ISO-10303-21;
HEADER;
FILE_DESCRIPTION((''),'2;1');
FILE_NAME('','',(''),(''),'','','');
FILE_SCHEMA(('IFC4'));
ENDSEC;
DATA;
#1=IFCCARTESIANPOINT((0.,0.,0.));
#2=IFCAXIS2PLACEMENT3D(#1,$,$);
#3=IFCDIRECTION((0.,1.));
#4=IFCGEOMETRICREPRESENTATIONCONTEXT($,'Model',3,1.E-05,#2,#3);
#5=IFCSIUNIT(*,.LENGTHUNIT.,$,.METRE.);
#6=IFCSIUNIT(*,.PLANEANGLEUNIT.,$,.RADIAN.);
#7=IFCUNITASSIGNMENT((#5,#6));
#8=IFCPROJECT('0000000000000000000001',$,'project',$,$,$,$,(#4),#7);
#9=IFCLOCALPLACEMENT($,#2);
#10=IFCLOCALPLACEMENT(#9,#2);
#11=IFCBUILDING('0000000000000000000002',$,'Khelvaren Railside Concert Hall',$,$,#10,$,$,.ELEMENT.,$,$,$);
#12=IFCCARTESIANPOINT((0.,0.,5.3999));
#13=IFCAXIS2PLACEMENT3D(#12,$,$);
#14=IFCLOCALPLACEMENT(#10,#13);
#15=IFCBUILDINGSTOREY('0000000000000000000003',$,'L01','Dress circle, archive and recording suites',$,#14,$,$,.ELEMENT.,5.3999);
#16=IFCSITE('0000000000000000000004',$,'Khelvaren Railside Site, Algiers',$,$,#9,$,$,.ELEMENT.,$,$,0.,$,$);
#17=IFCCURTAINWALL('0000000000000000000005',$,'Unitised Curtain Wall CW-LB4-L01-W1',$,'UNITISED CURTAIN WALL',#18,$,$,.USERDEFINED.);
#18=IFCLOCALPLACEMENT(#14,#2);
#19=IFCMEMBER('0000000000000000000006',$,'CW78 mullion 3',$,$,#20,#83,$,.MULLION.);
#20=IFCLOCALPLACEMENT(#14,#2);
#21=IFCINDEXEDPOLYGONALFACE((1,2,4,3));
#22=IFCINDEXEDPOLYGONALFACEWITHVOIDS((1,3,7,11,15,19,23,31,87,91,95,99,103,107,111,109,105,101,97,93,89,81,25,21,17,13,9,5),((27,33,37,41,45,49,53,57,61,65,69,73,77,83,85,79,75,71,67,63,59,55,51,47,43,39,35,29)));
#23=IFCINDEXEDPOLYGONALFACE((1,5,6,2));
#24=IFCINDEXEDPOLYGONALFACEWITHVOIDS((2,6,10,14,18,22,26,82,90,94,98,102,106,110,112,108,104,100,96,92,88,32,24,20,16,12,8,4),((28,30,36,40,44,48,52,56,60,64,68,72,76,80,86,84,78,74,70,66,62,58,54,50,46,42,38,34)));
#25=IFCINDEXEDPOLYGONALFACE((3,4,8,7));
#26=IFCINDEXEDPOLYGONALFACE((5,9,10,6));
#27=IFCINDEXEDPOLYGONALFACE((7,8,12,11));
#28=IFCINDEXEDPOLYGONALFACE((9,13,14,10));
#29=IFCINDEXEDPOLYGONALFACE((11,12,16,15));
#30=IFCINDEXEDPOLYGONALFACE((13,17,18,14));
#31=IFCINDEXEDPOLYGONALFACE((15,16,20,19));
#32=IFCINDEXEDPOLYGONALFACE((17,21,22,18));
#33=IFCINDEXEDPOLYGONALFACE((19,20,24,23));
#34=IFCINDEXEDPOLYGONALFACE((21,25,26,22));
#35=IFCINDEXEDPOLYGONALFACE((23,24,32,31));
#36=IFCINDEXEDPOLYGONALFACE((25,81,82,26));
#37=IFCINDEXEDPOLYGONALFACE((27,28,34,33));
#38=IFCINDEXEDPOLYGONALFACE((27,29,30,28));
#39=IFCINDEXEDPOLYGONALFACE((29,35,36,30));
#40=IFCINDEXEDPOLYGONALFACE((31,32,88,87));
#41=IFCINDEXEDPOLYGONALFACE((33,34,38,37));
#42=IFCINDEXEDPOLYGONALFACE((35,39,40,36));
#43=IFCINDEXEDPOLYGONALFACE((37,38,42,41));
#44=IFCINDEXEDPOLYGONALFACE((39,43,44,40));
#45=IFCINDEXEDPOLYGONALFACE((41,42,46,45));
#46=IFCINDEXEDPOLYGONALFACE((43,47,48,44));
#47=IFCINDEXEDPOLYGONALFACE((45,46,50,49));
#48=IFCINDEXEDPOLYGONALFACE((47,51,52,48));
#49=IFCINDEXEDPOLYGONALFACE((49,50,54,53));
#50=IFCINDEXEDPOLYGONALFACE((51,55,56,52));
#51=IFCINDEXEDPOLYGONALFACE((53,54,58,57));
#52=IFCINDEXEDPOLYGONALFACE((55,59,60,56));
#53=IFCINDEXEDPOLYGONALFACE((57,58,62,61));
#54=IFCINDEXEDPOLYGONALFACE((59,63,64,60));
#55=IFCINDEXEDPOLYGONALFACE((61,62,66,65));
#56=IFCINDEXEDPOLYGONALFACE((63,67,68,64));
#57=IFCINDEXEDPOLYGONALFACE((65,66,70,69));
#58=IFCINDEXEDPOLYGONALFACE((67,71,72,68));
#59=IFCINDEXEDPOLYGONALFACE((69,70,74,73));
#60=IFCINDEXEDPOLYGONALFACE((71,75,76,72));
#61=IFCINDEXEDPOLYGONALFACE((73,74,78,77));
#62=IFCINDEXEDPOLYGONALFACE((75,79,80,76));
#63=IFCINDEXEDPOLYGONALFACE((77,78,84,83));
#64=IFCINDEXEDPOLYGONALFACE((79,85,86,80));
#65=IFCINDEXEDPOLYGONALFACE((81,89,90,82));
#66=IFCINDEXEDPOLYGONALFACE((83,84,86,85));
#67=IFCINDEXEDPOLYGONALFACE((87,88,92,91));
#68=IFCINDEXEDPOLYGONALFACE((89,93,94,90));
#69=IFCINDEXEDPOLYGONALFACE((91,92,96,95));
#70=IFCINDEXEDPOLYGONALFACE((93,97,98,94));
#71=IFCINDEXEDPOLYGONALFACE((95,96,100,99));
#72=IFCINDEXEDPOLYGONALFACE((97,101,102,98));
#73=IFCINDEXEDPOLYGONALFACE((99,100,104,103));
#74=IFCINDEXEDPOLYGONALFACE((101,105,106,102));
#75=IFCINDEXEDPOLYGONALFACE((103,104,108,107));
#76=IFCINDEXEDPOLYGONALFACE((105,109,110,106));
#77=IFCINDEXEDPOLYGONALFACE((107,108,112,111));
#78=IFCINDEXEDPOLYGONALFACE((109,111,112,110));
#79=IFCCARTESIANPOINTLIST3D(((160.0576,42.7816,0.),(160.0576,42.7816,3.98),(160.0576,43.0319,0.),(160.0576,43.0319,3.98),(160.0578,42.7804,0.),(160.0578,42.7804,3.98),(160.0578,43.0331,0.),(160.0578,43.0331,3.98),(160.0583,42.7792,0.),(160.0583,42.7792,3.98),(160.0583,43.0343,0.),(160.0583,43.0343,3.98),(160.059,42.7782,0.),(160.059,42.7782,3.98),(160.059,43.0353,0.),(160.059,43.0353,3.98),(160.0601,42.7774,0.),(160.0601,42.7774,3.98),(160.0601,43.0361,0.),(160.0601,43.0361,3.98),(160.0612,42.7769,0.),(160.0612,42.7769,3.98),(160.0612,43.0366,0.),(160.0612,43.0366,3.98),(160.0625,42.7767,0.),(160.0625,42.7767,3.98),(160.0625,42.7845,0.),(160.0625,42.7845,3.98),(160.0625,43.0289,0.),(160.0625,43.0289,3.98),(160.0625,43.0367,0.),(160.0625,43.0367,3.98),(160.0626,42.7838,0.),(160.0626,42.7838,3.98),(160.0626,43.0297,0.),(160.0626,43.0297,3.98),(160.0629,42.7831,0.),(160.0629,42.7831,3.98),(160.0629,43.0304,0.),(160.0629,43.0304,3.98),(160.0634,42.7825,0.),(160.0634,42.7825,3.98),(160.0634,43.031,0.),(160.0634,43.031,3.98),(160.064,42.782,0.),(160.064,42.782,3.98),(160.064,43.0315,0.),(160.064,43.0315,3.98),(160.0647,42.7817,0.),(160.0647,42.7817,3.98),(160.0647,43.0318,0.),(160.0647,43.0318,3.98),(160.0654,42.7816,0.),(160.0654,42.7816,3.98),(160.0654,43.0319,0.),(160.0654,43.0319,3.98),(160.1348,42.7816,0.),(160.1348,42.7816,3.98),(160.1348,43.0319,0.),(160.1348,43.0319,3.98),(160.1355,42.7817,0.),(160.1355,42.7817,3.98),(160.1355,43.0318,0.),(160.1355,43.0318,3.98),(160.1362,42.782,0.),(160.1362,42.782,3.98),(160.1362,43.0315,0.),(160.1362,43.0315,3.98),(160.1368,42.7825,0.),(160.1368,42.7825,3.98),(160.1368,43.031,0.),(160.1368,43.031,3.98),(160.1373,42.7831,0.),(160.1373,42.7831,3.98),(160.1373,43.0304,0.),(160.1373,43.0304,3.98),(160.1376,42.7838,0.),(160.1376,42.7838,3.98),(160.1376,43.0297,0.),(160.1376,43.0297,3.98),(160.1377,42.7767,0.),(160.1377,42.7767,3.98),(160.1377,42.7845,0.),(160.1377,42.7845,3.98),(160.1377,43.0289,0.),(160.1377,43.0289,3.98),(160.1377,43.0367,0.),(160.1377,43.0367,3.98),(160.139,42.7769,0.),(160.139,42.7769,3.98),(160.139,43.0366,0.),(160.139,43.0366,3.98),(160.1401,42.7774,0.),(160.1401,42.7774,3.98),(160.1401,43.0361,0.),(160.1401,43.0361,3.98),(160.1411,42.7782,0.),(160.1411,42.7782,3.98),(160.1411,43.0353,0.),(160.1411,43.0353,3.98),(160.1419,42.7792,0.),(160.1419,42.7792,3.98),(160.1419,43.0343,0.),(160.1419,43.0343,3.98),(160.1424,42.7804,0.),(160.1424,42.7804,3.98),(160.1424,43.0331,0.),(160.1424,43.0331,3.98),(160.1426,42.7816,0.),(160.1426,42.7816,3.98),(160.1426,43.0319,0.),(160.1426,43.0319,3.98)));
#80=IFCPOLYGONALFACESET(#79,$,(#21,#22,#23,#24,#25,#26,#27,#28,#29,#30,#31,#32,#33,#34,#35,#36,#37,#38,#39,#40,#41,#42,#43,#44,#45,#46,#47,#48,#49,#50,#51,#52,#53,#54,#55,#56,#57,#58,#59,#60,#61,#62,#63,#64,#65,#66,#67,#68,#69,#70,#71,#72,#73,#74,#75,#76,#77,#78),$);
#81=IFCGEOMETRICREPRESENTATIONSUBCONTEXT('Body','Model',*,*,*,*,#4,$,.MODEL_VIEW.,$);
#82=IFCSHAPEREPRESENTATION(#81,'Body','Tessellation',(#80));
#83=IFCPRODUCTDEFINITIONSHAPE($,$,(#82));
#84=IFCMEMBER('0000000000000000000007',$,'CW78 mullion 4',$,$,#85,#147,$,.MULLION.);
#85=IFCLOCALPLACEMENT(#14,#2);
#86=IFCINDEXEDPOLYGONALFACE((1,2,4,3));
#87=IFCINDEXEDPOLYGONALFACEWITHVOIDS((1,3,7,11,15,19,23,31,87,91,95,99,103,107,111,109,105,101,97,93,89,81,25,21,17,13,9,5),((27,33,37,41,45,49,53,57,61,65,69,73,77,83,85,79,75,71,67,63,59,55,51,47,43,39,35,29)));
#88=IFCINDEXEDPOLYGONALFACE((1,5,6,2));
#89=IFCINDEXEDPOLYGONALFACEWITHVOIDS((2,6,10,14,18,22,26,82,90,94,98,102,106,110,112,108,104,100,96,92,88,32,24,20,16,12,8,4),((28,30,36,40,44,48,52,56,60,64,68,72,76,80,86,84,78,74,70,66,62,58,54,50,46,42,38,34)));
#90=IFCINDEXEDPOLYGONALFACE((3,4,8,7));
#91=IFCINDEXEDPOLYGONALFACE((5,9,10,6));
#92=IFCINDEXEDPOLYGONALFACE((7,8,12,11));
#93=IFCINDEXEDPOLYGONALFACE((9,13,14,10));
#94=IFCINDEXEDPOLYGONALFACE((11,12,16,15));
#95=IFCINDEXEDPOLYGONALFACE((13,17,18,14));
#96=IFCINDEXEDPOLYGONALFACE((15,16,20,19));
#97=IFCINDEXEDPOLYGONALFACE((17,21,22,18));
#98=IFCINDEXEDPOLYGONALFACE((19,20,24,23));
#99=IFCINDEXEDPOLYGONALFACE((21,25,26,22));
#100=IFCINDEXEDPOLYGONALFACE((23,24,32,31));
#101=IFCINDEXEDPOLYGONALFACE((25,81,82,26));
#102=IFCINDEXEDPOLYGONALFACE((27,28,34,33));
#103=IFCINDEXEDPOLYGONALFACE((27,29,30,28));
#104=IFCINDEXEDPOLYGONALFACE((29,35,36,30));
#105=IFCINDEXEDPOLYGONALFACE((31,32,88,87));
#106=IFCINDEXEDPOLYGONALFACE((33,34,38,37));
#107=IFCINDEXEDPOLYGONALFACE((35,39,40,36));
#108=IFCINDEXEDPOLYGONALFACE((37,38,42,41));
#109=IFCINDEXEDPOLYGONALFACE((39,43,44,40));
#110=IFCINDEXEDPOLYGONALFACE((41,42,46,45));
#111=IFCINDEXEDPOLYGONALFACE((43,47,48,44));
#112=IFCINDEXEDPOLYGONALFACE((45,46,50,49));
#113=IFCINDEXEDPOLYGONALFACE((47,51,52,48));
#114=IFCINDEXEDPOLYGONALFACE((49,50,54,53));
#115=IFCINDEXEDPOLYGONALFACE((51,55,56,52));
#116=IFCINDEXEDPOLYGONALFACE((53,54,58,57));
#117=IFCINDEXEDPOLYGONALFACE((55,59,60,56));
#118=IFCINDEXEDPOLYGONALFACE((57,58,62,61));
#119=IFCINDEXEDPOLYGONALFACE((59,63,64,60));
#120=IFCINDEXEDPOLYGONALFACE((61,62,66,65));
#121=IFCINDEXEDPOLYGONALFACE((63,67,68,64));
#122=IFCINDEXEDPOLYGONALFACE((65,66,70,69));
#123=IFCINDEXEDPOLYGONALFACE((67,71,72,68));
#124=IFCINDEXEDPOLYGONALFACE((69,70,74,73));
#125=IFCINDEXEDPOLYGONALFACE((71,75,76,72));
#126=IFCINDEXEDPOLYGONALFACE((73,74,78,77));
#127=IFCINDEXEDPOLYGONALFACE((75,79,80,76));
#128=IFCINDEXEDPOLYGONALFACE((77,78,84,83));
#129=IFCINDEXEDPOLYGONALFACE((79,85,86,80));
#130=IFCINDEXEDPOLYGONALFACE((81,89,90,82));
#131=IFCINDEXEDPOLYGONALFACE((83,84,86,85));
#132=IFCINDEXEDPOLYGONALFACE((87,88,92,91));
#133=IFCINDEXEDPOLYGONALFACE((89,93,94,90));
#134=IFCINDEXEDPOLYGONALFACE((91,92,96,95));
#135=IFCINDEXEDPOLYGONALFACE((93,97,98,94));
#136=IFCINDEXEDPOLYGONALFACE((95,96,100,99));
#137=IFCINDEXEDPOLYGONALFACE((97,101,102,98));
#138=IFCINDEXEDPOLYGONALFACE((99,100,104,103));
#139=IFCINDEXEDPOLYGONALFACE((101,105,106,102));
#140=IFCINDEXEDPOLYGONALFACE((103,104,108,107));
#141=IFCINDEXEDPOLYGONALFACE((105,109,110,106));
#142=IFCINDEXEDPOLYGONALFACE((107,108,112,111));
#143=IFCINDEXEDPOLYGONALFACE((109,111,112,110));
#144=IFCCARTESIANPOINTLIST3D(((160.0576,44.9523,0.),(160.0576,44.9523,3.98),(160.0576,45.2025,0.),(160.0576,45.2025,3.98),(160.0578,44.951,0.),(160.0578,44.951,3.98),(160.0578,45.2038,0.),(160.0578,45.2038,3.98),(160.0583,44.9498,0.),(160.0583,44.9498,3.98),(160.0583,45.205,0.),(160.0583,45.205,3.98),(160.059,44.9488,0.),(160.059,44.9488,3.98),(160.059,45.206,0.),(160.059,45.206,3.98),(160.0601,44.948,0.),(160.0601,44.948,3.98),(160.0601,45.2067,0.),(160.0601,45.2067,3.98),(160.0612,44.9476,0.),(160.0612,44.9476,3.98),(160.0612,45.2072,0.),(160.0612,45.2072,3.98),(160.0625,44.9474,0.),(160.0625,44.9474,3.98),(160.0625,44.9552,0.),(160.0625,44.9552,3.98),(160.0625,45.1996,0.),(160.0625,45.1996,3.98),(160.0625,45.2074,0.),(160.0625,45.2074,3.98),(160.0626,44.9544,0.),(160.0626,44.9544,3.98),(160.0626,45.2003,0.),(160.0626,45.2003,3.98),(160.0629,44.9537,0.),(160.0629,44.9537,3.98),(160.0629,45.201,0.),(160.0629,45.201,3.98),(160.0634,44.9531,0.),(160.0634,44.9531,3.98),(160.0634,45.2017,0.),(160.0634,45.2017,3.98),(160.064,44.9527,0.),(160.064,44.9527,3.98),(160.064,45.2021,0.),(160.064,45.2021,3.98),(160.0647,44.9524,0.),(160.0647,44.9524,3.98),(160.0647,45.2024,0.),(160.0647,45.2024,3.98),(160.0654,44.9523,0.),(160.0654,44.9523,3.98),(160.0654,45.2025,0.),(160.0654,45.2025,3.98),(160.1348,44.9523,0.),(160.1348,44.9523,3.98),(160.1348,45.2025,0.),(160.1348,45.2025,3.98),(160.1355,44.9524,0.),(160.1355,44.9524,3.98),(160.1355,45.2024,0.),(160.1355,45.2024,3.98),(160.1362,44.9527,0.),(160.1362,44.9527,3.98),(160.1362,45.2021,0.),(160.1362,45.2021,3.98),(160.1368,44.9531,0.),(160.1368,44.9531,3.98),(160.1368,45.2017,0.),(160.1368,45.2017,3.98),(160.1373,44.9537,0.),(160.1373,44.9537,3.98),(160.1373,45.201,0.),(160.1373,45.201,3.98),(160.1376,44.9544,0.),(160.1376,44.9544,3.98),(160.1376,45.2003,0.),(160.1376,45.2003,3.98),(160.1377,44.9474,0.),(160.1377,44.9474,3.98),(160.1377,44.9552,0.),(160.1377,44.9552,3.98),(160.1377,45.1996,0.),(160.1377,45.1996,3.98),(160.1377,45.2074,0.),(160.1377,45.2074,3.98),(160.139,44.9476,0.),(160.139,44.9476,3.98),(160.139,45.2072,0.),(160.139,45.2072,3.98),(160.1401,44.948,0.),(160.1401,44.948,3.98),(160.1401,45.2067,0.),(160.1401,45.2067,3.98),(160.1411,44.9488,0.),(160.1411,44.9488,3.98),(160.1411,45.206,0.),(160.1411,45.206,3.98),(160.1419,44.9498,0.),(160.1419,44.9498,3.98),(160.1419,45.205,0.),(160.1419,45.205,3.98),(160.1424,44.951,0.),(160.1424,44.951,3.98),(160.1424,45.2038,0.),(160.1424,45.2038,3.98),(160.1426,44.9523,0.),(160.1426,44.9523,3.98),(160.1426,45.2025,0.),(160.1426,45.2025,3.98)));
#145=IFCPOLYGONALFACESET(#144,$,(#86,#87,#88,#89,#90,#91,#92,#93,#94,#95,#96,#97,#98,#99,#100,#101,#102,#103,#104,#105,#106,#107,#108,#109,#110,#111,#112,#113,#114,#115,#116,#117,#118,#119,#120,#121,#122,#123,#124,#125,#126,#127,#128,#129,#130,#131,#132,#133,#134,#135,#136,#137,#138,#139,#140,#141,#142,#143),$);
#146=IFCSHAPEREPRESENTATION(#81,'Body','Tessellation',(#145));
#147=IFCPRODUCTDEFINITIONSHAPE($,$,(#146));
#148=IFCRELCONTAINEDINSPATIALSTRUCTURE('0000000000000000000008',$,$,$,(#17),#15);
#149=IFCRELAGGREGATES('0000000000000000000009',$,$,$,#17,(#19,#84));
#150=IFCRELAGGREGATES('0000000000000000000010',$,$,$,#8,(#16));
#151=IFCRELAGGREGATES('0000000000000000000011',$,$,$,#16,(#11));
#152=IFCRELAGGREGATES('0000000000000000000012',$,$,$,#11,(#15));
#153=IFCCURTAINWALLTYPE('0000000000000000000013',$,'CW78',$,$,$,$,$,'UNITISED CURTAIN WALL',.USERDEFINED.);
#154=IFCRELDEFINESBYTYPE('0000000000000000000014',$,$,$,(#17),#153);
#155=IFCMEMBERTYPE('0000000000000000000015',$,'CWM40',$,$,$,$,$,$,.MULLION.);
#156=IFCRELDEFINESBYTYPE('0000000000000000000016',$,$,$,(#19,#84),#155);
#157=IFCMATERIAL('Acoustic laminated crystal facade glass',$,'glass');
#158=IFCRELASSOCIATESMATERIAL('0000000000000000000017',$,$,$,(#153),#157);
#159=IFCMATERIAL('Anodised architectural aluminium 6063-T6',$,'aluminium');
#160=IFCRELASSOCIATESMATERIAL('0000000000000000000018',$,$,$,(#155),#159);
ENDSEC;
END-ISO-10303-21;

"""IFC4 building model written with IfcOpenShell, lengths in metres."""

from ifc_helpers import new_model, si_unit, direction, frame, origin, origin_2d, place, context, subcontext, project, spatial, hollow_rectangle, extrude, material, material_profile, profile_set, type_object, element, aggregate, save


model = new_model("IFC4")

# Units and contexts
model_context = context("Model", 3, precision=1e-05, world=origin(), true_north=direction((0.0, 1.0)))
body_context = subcontext(model_context, "Body", "Model", "MODEL_VIEW")
ifc_project = project(units=[si_unit("LENGTHUNIT", "METRE"), si_unit("PLANEANGLEUNIT", "RADIAN")], contexts=[model_context])

# Site, building, storey
site_placement = place(None, origin())
site = spatial("IfcSite", under=ifc_project, at=site_placement, Name="Khelvaren Railside Site, Algiers", CompositionType="ELEMENT", RefElevation=0.0)
building_placement = place(site_placement, origin())
building = spatial("IfcBuilding", under=site, at=building_placement, Name="Khelvaren Railside Concert Hall", CompositionType="ELEMENT")
storey_placement = place(building_placement, frame((0.0, 0.0, 5.3999)))
storey = spatial("IfcBuildingStorey", under=building, at=storey_placement, Name="L01", Description="Dress circle, archive and recording suites", CompositionType="ELEMENT", Elevation=5.3999)

# Curtain wall, members
ifc_material_1 = material(Name="Acoustic laminated crystal facade glass", Category="glass")
curtain_wall_type = type_object("IfcCurtainWallType", Name="CW78", ElementType="UNITISED CURTAIN WALL", PredefinedType="USERDEFINED", material=ifc_material_1)
curtain_wall_placement = place(storey_placement, origin())
curtain_wall = element("IfcCurtainWall", 1, at=curtain_wall_placement, inside=storey, type_object=curtain_wall_type, Name="Unitised Curtain Wall CW-LB4-L01-W1", ObjectType="UNITISED CURTAIN WALL", PredefinedType="USERDEFINED")
ifc_material_2 = material(Name="Anodised architectural aluminium 6063-T6", Category="aluminium")
ifc_material_profile_1 = material_profile(ifc_material_2, hollow_rectangle(XDim=0.085, YDim=0.26, WallThickness=0.0049, InnerFilletRadius=0.0029, OuterFilletRadius=0.0049, at=origin_2d()), Name="CWM 85x260x5")
ifc_profile_set_1 = profile_set([ifc_material_profile_1], Name="Anodised architectural aluminium 6063-T6")
member_type_1 = type_object("IfcMemberType", Name="CWM40", PredefinedType="MULLION", material=ifc_profile_set_1)
member_1_placement = place(storey_placement, frame((160.1001, 42.9067, 0.0), z_axis=(0.0, 0.0, 1.0), x_axis=(-1.0, 0.0, 0.0)))
member_1 = element("IfcMember", 2, at=member_1_placement, type_object=member_type_1, Name="CW78 mullion 3", PredefinedType="MULLION", context=body_context, shape_type="SweptSolid", body=[
    extrude(hollow_rectangle(XDim=0.085, YDim=0.26, WallThickness=0.0049, InnerFilletRadius=0.0029, OuterFilletRadius=0.0049, at=origin_2d()), origin(), (0.0, 0.0, 1.0), 3.98),
])
member_2_placement = place(storey_placement, frame((160.1001, 45.0774, 0.0), z_axis=(0.0, 0.0, 1.0), x_axis=(-1.0, 0.0, 0.0)))
member_2 = element("IfcMember", 3, at=member_2_placement, type_object=member_type_1, Name="CW78 mullion 4", PredefinedType="MULLION", context=body_context, shape_type="SweptSolid", body=[
    extrude(hollow_rectangle(XDim=0.085, YDim=0.26, WallThickness=0.0049, InnerFilletRadius=0.0029, OuterFilletRadius=0.0049, at=origin_2d()), origin(), (0.0, 0.0, 1.0), 3.98),
])
aggregate(curtain_wall, [member_1, member_2])

save(model, "model.ifc")
